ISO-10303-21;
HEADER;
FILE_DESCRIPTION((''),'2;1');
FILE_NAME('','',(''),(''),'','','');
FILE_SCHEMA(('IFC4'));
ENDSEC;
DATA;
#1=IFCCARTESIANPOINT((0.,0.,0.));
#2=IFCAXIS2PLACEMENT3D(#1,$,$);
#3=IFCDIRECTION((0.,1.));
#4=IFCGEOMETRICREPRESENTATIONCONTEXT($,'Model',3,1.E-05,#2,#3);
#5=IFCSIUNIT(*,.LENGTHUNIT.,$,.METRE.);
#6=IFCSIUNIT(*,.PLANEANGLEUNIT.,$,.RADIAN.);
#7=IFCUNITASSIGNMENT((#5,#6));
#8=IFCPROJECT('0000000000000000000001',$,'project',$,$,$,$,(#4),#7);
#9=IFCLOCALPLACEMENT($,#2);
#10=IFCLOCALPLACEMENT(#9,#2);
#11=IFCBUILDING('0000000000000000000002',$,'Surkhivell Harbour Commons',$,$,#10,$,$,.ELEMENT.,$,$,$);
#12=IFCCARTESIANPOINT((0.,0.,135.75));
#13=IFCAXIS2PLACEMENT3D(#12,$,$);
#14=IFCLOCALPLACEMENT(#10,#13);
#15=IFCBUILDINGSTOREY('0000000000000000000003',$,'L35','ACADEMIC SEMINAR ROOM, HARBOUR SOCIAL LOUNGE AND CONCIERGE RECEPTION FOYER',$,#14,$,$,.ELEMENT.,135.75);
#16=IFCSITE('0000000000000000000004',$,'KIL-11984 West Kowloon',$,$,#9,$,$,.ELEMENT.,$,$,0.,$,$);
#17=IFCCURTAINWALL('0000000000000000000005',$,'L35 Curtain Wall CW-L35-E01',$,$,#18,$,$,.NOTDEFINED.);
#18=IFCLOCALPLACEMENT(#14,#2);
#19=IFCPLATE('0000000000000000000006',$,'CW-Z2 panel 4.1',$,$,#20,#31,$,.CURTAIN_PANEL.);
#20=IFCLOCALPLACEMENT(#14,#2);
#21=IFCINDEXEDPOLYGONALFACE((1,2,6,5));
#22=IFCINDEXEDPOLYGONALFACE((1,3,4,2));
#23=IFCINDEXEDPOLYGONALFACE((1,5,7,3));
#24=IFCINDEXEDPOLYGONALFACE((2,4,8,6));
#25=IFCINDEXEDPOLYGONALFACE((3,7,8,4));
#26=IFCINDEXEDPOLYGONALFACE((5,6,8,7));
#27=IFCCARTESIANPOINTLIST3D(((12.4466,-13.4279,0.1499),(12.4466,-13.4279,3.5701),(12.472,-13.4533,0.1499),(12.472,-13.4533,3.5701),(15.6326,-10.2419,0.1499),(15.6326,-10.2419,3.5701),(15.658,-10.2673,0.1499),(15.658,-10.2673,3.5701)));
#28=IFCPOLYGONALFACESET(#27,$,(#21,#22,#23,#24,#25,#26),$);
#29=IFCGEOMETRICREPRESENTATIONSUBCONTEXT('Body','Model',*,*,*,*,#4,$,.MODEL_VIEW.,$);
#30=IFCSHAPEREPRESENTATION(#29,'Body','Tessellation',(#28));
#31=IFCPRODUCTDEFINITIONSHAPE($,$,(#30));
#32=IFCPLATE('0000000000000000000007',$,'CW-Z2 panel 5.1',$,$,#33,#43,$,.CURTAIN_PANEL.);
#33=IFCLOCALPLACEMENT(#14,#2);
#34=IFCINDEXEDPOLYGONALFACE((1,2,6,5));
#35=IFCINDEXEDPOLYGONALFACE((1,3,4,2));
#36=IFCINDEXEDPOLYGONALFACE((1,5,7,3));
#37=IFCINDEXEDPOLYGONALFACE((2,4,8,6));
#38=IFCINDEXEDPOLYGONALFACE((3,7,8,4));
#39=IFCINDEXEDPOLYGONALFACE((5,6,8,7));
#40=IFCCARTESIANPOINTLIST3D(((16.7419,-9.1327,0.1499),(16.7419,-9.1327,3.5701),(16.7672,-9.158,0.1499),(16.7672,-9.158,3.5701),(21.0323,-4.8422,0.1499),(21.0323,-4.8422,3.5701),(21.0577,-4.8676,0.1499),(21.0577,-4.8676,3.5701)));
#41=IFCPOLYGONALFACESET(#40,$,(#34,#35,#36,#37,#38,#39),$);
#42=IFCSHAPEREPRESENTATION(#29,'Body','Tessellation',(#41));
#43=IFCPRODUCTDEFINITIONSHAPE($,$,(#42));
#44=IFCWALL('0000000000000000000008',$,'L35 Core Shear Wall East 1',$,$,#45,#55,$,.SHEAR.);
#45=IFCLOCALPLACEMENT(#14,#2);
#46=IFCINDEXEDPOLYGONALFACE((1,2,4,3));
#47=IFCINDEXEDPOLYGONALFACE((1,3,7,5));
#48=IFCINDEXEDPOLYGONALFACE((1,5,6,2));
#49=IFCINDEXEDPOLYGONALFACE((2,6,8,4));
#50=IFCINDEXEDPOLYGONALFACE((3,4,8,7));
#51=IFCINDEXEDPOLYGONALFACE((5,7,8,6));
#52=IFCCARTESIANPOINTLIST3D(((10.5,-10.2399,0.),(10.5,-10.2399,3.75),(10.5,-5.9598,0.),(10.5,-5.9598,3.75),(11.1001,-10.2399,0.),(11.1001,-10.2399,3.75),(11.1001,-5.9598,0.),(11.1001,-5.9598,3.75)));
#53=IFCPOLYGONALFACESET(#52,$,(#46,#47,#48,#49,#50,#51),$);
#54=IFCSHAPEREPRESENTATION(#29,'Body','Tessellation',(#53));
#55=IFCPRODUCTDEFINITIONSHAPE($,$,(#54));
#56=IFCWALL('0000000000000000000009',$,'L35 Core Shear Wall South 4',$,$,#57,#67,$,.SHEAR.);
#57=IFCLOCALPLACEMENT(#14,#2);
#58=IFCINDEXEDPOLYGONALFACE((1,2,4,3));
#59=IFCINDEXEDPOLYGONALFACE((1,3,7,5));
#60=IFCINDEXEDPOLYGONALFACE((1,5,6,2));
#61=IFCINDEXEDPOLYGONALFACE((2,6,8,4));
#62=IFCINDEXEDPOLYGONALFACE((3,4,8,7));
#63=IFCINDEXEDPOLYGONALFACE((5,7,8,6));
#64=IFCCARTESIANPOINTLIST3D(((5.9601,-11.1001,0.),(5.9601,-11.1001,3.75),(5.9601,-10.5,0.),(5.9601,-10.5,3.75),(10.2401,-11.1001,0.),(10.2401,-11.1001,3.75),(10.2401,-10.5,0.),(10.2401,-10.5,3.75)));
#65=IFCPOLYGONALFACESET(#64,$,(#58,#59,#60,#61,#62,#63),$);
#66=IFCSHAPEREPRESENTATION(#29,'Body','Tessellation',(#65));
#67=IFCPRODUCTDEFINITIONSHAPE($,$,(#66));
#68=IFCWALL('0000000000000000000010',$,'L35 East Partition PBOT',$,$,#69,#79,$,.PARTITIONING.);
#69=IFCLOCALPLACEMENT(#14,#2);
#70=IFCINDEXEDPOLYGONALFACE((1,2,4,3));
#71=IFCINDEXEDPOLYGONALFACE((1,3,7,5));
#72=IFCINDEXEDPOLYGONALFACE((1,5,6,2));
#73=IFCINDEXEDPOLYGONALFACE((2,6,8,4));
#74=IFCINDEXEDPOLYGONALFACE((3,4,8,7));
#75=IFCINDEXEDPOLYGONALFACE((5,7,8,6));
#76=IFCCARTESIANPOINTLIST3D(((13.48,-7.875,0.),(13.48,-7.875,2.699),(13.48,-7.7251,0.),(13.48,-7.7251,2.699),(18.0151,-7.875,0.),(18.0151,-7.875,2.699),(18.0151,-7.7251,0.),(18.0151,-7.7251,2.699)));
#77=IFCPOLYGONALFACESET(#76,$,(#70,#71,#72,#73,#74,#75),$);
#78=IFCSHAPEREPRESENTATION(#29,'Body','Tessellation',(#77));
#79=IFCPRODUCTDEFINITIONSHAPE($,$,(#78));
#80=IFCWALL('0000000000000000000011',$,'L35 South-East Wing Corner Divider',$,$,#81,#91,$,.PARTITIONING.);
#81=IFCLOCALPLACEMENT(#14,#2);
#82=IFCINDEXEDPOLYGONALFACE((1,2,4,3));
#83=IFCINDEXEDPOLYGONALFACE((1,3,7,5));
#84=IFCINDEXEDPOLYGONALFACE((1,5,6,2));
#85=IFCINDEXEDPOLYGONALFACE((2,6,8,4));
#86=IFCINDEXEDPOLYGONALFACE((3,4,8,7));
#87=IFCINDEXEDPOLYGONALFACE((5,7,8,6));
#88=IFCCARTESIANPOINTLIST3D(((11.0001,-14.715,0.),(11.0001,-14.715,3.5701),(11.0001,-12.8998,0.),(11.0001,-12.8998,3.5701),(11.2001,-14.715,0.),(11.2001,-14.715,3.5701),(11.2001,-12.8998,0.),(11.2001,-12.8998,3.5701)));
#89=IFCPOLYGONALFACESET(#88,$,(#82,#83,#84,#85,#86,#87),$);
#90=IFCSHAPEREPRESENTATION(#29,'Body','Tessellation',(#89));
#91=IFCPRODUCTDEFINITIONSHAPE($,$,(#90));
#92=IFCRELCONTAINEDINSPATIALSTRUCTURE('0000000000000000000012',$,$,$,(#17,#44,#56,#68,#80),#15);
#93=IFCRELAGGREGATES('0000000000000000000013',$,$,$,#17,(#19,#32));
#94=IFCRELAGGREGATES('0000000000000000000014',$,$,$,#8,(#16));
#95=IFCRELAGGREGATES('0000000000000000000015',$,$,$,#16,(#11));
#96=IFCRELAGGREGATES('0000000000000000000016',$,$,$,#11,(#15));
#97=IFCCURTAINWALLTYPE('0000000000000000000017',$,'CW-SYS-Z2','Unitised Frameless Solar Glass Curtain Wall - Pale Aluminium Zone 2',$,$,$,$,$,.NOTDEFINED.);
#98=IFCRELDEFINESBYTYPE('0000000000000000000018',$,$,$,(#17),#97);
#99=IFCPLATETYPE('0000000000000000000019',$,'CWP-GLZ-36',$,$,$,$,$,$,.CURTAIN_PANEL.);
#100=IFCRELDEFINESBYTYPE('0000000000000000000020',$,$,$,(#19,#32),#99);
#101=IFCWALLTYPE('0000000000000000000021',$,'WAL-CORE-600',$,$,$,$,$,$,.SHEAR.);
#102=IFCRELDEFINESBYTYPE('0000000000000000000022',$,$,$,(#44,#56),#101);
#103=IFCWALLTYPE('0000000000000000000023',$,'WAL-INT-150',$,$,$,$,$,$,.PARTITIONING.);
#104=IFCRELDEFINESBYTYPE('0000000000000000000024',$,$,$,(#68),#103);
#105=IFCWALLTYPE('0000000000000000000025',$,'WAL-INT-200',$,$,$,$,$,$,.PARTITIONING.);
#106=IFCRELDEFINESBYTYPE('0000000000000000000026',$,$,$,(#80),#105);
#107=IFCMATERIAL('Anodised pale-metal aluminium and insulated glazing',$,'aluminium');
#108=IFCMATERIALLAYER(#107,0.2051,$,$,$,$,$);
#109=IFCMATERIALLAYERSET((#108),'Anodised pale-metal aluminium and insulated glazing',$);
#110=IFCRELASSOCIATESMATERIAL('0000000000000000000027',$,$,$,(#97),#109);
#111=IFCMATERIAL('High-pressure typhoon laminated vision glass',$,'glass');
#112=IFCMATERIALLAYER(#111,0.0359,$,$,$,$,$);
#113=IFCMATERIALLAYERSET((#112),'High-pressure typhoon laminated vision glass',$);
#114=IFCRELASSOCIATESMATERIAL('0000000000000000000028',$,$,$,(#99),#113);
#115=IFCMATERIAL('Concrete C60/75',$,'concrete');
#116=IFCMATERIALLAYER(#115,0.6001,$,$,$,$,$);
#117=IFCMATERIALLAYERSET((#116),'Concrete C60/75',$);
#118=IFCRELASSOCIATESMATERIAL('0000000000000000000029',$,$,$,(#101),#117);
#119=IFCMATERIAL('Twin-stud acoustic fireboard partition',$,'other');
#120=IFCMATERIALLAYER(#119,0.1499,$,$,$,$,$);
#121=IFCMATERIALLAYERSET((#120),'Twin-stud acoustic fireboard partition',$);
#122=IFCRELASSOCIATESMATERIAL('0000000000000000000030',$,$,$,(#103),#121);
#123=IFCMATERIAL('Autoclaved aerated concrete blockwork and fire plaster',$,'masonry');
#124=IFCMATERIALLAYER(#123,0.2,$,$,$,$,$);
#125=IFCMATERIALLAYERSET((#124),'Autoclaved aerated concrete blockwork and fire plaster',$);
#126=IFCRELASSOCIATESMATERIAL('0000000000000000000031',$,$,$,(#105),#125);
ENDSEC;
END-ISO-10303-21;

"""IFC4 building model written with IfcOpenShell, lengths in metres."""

from ifc_helpers import new_model, si_unit, direction, frame, frame_2d, origin, place, context, subcontext, project, spatial, rectangle, extrude, material, layer, layer_set, type_object, element, aggregate, save


model = new_model("IFC4")

# Units and contexts
model_context = context("Model", 3, precision=1e-05, world=origin(), true_north=direction((0.0, 1.0)))
body_context = subcontext(model_context, "Body", "Model", "MODEL_VIEW")
ifc_project = project(units=[si_unit("LENGTHUNIT", "METRE"), si_unit("PLANEANGLEUNIT", "RADIAN")], contexts=[model_context])

# Site, building, storey
site_placement = place(None, origin())
site = spatial("IfcSite", under=ifc_project, at=site_placement, Name="KIL-11984 West Kowloon", CompositionType="ELEMENT", RefElevation=0.0)
building_placement = place(site_placement, origin())
building = spatial("IfcBuilding", under=site, at=building_placement, Name="Surkhivell Harbour Commons", CompositionType="ELEMENT")
storey_placement = place(building_placement, frame((0.0, 0.0, 135.75)))
storey = spatial("IfcBuildingStorey", under=building, at=storey_placement, Name="L35", Description="ACADEMIC SEMINAR ROOM, HARBOUR SOCIAL LOUNGE AND CONCIERGE RECEPTION FOYER", CompositionType="ELEMENT", Elevation=135.75)

# Shared definitions
ifc_material_1 = material(Name="Concrete C60/75", Category="concrete")

# Curtain wall, plates
ifc_material_2 = material(Name="Anodised pale-metal aluminium and insulated glazing", Category="aluminium")
ifc_layer_1 = layer(ifc_material_2, 0.2051)
ifc_layer_set_1 = layer_set([ifc_layer_1], Name="Anodised pale-metal aluminium and insulated glazing")
curtain_wall_type = type_object("IfcCurtainWallType", Name="CW-SYS-Z2", Description="Unitised Frameless Solar Glass Curtain Wall - Pale Aluminium Zone 2", PredefinedType="NOTDEFINED", material=ifc_layer_set_1)
curtain_wall_placement = place(storey_placement, origin())
curtain_wall = element("IfcCurtainWall", 1, at=curtain_wall_placement, inside=storey, type_object=curtain_wall_type, Name="L35 Curtain Wall CW-L35-E01", PredefinedType="NOTDEFINED")
ifc_material_3 = material(Name="High-pressure typhoon laminated vision glass", Category="glass")
ifc_layer_2 = layer(ifc_material_3, 0.0359)
ifc_layer_set_2 = layer_set([ifc_layer_2], Name="High-pressure typhoon laminated vision glass")
plate_type = type_object("IfcPlateType", Name="CWP-GLZ-36", PredefinedType="CURTAIN_PANEL", material=ifc_layer_set_2)
plate_1_placement = place(storey_placement, frame((12.4592, -13.4407, 0.1499), z_axis=(0.0, 0.0, 1.0), x_axis=(0.707107, 0.707107, 0.0)))
plate_1 = element("IfcPlate", 2, at=plate_1_placement, type_object=plate_type, Name="CW-Z2 panel 4.1", PredefinedType="CURTAIN_PANEL", context=body_context, shape_type="SweptSolid", body=[
    extrude(rectangle(XDim=4.5056, YDim=0.0359, at=frame_2d((2.2529, 0.0))), origin(), (0.0, 0.0, 1.0), 3.4202),
])
plate_2_placement = place(storey_placement, frame((16.7546, -9.1453, 0.1499), z_axis=(0.0, 0.0, 1.0), x_axis=(0.707107, 0.707107, 0.0)))
plate_2 = element("IfcPlate", 3, at=plate_2_placement, type_object=plate_type, Name="CW-Z2 panel 5.1", PredefinedType="CURTAIN_PANEL", context=body_context, shape_type="SweptSolid", body=[
    extrude(rectangle(XDim=6.0676, YDim=0.0359, at=frame_2d((3.0337, 0.0))), origin(), (0.0, 0.0, 1.0), 3.4202),
])
aggregate(curtain_wall, [plate_1, plate_2])

# Walls
ifc_layer_3 = layer(ifc_material_1, 0.6001)
ifc_layer_set_3 = layer_set([ifc_layer_3], Name="Concrete C60/75")
wall_type_1 = type_object("IfcWallType", Name="WAL-CORE-600", PredefinedType="SHEAR", material=ifc_layer_set_3)
for number, where, z_axis, x_axis, name in (
    (4, (10.8, -10.24, 0.0), (0.0, 0.0, 1.0), (0.0, 1.0, 0.0), "L35 Core Shear Wall East 1"),
    (5, (5.96, -10.8, 0.0), (0.0, 0.0, 1.0), (1.0, 0.0, 0.0), "L35 Core Shear Wall South 4"),
):
    element("IfcWall", number, at=place(storey_placement, frame(where, z_axis=z_axis, x_axis=x_axis)), inside=storey, type_object=wall_type_1, Name=name, PredefinedType="SHEAR", context=body_context, shape_type="SweptSolid", body=[
        extrude(rectangle(XDim=4.28, YDim=0.6001, at=frame_2d((2.1401, 0.0))), origin(), (0.0, 0.0, 1.0), 3.75),
    ])
ifc_material_4 = material(Name="Twin-stud acoustic fireboard partition", Category="other")
ifc_layer_4 = layer(ifc_material_4, 0.1499)
ifc_layer_set_4 = layer_set([ifc_layer_4], Name="Twin-stud acoustic fireboard partition")
wall_type_2 = type_object("IfcWallType", Name="WAL-INT-150", PredefinedType="PARTITIONING", material=ifc_layer_set_4)
wall_1_placement = place(storey_placement, frame((13.48, -7.8, 0.0), z_axis=(0.0, 0.0, 1.0), x_axis=(1.0, 0.0, 0.0)))
element("IfcWall", 6, at=wall_1_placement, inside=storey, type_object=wall_type_2, Name="L35 East Partition PBOT", PredefinedType="PARTITIONING", context=body_context, shape_type="SweptSolid", body=[
    extrude(rectangle(XDim=4.5352, YDim=0.1499, at=frame_2d((2.2676, 0.0))), origin(), (0.0, 0.0, 1.0), 2.699),
])
ifc_material_5 = material(Name="Autoclaved aerated concrete blockwork and fire plaster", Category="masonry")
ifc_layer_5 = layer(ifc_material_5, 0.2)
ifc_layer_set_5 = layer_set([ifc_layer_5], Name="Autoclaved aerated concrete blockwork and fire plaster")
wall_type_3 = type_object("IfcWallType", Name="WAL-INT-200", PredefinedType="PARTITIONING", material=ifc_layer_set_5)
wall_2_placement = place(storey_placement, frame((11.1001, -14.7151, 0.0), z_axis=(0.0, 0.0, 1.0), x_axis=(0.0, 1.0, 0.0)))
element("IfcWall", 7, at=wall_2_placement, inside=storey, type_object=wall_type_3, Name="L35 South-East Wing Corner Divider", PredefinedType="PARTITIONING", context=body_context, shape_type="SweptSolid", body=[
    extrude(rectangle(XDim=1.8152, YDim=0.2, at=frame_2d((0.9077, 0.0))), origin(), (0.0, 0.0, 1.0), 3.5701),
])

save(model, "model.ifc")
